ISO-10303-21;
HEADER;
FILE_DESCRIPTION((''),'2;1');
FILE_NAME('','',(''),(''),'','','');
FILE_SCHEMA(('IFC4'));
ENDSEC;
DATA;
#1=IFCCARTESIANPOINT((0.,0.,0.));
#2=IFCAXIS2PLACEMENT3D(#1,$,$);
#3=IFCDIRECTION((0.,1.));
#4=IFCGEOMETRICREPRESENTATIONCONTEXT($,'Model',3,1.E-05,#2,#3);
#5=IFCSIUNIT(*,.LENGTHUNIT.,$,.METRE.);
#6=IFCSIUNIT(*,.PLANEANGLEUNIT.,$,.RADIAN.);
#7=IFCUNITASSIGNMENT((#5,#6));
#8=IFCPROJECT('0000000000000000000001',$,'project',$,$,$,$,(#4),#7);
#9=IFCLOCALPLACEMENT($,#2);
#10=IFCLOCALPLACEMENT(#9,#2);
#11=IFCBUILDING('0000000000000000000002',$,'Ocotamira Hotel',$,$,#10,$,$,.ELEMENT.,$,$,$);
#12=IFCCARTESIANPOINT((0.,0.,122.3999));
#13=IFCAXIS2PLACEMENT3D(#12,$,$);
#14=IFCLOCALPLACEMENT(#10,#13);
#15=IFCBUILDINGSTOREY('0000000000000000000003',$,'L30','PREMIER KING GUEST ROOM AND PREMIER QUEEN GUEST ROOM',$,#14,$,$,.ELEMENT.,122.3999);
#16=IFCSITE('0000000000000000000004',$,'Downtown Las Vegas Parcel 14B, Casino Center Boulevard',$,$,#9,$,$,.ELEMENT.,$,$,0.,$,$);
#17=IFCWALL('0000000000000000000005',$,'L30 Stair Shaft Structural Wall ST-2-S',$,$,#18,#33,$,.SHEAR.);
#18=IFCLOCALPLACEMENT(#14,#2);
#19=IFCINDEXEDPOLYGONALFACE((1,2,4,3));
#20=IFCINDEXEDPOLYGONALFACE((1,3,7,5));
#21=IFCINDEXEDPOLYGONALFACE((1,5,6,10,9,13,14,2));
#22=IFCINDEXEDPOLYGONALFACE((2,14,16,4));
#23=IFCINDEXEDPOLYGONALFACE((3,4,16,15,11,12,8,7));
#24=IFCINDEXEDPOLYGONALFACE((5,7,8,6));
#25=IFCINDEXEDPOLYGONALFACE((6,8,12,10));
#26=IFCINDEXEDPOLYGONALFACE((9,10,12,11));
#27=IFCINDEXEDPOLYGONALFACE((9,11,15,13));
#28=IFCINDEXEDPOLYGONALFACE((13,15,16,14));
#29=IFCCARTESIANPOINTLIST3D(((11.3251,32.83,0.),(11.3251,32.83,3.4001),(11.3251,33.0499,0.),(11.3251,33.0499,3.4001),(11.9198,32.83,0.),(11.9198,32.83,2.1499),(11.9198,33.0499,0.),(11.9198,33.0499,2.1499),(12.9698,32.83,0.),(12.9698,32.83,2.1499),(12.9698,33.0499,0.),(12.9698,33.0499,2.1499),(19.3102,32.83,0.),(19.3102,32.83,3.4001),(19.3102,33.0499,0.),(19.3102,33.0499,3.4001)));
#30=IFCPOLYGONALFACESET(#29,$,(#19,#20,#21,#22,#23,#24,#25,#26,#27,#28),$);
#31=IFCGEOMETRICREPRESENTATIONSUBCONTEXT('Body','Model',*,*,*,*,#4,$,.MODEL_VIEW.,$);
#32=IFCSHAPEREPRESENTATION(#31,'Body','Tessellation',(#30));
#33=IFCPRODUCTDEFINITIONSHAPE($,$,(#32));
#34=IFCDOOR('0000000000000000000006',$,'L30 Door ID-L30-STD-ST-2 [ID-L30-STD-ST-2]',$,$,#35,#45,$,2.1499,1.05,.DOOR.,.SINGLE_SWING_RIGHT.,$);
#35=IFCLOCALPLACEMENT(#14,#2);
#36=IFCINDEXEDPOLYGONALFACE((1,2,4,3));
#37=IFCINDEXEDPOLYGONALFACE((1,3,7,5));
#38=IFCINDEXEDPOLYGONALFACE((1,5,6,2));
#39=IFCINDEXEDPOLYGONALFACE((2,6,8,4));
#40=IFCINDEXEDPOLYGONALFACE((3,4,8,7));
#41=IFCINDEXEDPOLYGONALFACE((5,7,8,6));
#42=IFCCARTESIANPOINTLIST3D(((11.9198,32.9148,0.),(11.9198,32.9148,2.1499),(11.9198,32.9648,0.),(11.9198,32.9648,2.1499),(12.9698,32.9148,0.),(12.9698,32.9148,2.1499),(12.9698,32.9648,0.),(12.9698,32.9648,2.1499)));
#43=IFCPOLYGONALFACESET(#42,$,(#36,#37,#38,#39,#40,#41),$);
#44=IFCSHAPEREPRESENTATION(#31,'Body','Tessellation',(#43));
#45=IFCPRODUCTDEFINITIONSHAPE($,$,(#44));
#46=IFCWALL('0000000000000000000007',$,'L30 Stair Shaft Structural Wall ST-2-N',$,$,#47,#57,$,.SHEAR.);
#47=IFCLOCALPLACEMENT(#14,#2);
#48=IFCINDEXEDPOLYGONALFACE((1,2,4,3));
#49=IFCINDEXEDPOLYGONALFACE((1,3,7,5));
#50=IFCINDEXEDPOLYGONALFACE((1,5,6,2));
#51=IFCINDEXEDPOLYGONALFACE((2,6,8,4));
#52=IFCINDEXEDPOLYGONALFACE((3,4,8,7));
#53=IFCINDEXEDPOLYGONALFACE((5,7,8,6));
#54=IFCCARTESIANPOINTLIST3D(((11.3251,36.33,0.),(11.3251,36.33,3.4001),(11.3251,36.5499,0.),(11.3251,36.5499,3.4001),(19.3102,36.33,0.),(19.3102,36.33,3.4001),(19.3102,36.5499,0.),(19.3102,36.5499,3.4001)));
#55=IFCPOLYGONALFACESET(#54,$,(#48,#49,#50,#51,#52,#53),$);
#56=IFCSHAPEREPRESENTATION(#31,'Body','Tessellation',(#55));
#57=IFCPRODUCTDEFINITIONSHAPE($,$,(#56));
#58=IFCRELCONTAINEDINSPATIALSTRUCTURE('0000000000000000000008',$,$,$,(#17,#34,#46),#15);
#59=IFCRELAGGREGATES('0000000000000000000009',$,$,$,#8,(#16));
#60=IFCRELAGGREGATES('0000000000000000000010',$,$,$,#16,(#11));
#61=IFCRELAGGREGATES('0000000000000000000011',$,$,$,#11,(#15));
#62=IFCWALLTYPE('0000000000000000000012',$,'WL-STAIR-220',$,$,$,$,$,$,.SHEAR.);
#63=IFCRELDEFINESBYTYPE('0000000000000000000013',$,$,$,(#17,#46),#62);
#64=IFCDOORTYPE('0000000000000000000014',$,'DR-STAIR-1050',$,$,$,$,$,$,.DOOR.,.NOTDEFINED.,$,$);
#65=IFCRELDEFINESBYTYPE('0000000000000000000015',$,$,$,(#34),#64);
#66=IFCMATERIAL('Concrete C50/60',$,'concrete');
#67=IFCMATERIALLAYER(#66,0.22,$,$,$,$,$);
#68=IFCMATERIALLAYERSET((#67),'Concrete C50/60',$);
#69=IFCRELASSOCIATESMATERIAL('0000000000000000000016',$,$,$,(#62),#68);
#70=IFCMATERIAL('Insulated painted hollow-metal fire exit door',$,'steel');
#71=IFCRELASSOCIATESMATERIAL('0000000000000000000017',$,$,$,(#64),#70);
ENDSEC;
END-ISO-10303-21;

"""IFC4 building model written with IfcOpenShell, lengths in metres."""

from ifc_helpers import new_model, si_unit, direction, frame, frame_2d, origin, place, context, subcontext, project, spatial, rectangle, extrude, source, transform, mapped, material, layer, layer_set, type_object, element, fill, save


model = new_model("IFC4")

# Units and contexts
model_context = context("Model", 3, precision=1e-05, world=origin(), true_north=direction((0.0, 1.0)))
body_context = subcontext(model_context, "Body", "Model", "MODEL_VIEW")
ifc_project = project(units=[si_unit("LENGTHUNIT", "METRE"), si_unit("PLANEANGLEUNIT", "RADIAN")], contexts=[model_context])

# Site, building, storey
site_placement = place(None, origin())
site = spatial("IfcSite", under=ifc_project, at=site_placement, Name="Downtown Las Vegas Parcel 14B, Casino Center Boulevard", CompositionType="ELEMENT", RefElevation=0.0)
building_placement = place(site_placement, origin())
building = spatial("IfcBuilding", under=site, at=building_placement, Name="Ocotamira Hotel", CompositionType="ELEMENT")
storey_placement = place(building_placement, frame((0.0, 0.0, 122.3999)))
storey = spatial("IfcBuildingStorey", under=building, at=storey_placement, Name="L30", Description="PREMIER KING GUEST ROOM AND PREMIER QUEEN GUEST ROOM", CompositionType="ELEMENT", Elevation=122.3999)

# Wall, opening, door
ifc_material_1 = material(Name="Concrete C50/60", Category="concrete")
ifc_layer_1 = layer(ifc_material_1, 0.22)
ifc_layer_set_1 = layer_set([ifc_layer_1], Name="Concrete C50/60")
wall_type_1 = type_object("IfcWallType", Name="WL-STAIR-220", PredefinedType="SHEAR", material=ifc_layer_set_1)
wall_1_placement = place(storey_placement, frame((11.325, 32.9399, 0.0), z_axis=(0.0, 0.0, 1.0), x_axis=(1.0, 0.0, 0.0)))
wall_1 = element("IfcWall", 1, at=wall_1_placement, inside=storey, type_object=wall_type_1, Name="L30 Stair Shaft Structural Wall ST-2-S", PredefinedType="SHEAR", context=body_context, shape_type="SweptSolid", body=[
    extrude(rectangle(XDim=7.9851, YDim=0.22, at=frame_2d((3.9927, 0.0))), origin(), (0.0, 0.0, 1.0), 3.4001),
])
opening_1_placement = place(wall_1_placement, frame((0.595, 0.0, 0.0)))
opening_1 = element("IfcOpeningElement", 2, at=opening_1_placement, cuts=wall_1, PredefinedType="OPENING", context=body_context, shape_type="SweptSolid", body=[
    extrude(rectangle(XDim=1.05, YDim=2.1499, at=frame_2d((0.5249, 1.075))), frame((0.0, 0.1201, 0.0), z_axis=(0.0, -1.0, 0.0), x_axis=(1.0, 0.0, 0.0)), (0.0, 0.0, 1.0), 0.24),
])
ifc_material_2 = material(Name="Insulated painted hollow-metal fire exit door", Category="steel")
door_type_1 = type_object("IfcDoorType", Name="DR-STAIR-1050", OperationType="NOTDEFINED", PredefinedType="DOOR", material=ifc_material_2)
shared_shape_1 = source(origin(), body_context, "Body", "SweptSolid", [
    extrude(rectangle(XDim=1.05, YDim=2.1499, at=frame_2d((0.5249, 1.075))), frame((0.0, 0.0249, 0.0), z_axis=(0.0, -1.0, 0.0), x_axis=(1.0, 0.0, 0.0)), (0.0, 0.0, 1.0), 0.05),
])
door_1_placement = place(opening_1_placement, origin())
door_1 = element("IfcDoor", 3, at=door_1_placement, inside=storey, type_object=door_type_1, Name="L30 Door ID-L30-STD-ST-2 [ID-L30-STD-ST-2]", OperationType="SINGLE_SWING_RIGHT", OverallHeight=2.1499, OverallWidth=1.05, PredefinedType="DOOR", context=body_context, shape_type="MappedRepresentation", body=[
    mapped(shared_shape_1, transform((0.0, 0.0, 0.0), scale=1.0)),
])
fill(opening_1, door_1)

# Wall
wall_2_placement = place(storey_placement, frame((11.325, 36.4399, 0.0), z_axis=(0.0, 0.0, 1.0), x_axis=(1.0, 0.0, 0.0)))
element("IfcWall", 4, at=wall_2_placement, inside=storey, type_object=wall_type_1, Name="L30 Stair Shaft Structural Wall ST-2-N", PredefinedType="SHEAR", context=body_context, shape_type="SweptSolid", body=[
    extrude(rectangle(XDim=7.9851, YDim=0.22, at=frame_2d((3.9927, 0.0))), origin(), (0.0, 0.0, 1.0), 3.4001),
])

save(model, "model.ifc")
